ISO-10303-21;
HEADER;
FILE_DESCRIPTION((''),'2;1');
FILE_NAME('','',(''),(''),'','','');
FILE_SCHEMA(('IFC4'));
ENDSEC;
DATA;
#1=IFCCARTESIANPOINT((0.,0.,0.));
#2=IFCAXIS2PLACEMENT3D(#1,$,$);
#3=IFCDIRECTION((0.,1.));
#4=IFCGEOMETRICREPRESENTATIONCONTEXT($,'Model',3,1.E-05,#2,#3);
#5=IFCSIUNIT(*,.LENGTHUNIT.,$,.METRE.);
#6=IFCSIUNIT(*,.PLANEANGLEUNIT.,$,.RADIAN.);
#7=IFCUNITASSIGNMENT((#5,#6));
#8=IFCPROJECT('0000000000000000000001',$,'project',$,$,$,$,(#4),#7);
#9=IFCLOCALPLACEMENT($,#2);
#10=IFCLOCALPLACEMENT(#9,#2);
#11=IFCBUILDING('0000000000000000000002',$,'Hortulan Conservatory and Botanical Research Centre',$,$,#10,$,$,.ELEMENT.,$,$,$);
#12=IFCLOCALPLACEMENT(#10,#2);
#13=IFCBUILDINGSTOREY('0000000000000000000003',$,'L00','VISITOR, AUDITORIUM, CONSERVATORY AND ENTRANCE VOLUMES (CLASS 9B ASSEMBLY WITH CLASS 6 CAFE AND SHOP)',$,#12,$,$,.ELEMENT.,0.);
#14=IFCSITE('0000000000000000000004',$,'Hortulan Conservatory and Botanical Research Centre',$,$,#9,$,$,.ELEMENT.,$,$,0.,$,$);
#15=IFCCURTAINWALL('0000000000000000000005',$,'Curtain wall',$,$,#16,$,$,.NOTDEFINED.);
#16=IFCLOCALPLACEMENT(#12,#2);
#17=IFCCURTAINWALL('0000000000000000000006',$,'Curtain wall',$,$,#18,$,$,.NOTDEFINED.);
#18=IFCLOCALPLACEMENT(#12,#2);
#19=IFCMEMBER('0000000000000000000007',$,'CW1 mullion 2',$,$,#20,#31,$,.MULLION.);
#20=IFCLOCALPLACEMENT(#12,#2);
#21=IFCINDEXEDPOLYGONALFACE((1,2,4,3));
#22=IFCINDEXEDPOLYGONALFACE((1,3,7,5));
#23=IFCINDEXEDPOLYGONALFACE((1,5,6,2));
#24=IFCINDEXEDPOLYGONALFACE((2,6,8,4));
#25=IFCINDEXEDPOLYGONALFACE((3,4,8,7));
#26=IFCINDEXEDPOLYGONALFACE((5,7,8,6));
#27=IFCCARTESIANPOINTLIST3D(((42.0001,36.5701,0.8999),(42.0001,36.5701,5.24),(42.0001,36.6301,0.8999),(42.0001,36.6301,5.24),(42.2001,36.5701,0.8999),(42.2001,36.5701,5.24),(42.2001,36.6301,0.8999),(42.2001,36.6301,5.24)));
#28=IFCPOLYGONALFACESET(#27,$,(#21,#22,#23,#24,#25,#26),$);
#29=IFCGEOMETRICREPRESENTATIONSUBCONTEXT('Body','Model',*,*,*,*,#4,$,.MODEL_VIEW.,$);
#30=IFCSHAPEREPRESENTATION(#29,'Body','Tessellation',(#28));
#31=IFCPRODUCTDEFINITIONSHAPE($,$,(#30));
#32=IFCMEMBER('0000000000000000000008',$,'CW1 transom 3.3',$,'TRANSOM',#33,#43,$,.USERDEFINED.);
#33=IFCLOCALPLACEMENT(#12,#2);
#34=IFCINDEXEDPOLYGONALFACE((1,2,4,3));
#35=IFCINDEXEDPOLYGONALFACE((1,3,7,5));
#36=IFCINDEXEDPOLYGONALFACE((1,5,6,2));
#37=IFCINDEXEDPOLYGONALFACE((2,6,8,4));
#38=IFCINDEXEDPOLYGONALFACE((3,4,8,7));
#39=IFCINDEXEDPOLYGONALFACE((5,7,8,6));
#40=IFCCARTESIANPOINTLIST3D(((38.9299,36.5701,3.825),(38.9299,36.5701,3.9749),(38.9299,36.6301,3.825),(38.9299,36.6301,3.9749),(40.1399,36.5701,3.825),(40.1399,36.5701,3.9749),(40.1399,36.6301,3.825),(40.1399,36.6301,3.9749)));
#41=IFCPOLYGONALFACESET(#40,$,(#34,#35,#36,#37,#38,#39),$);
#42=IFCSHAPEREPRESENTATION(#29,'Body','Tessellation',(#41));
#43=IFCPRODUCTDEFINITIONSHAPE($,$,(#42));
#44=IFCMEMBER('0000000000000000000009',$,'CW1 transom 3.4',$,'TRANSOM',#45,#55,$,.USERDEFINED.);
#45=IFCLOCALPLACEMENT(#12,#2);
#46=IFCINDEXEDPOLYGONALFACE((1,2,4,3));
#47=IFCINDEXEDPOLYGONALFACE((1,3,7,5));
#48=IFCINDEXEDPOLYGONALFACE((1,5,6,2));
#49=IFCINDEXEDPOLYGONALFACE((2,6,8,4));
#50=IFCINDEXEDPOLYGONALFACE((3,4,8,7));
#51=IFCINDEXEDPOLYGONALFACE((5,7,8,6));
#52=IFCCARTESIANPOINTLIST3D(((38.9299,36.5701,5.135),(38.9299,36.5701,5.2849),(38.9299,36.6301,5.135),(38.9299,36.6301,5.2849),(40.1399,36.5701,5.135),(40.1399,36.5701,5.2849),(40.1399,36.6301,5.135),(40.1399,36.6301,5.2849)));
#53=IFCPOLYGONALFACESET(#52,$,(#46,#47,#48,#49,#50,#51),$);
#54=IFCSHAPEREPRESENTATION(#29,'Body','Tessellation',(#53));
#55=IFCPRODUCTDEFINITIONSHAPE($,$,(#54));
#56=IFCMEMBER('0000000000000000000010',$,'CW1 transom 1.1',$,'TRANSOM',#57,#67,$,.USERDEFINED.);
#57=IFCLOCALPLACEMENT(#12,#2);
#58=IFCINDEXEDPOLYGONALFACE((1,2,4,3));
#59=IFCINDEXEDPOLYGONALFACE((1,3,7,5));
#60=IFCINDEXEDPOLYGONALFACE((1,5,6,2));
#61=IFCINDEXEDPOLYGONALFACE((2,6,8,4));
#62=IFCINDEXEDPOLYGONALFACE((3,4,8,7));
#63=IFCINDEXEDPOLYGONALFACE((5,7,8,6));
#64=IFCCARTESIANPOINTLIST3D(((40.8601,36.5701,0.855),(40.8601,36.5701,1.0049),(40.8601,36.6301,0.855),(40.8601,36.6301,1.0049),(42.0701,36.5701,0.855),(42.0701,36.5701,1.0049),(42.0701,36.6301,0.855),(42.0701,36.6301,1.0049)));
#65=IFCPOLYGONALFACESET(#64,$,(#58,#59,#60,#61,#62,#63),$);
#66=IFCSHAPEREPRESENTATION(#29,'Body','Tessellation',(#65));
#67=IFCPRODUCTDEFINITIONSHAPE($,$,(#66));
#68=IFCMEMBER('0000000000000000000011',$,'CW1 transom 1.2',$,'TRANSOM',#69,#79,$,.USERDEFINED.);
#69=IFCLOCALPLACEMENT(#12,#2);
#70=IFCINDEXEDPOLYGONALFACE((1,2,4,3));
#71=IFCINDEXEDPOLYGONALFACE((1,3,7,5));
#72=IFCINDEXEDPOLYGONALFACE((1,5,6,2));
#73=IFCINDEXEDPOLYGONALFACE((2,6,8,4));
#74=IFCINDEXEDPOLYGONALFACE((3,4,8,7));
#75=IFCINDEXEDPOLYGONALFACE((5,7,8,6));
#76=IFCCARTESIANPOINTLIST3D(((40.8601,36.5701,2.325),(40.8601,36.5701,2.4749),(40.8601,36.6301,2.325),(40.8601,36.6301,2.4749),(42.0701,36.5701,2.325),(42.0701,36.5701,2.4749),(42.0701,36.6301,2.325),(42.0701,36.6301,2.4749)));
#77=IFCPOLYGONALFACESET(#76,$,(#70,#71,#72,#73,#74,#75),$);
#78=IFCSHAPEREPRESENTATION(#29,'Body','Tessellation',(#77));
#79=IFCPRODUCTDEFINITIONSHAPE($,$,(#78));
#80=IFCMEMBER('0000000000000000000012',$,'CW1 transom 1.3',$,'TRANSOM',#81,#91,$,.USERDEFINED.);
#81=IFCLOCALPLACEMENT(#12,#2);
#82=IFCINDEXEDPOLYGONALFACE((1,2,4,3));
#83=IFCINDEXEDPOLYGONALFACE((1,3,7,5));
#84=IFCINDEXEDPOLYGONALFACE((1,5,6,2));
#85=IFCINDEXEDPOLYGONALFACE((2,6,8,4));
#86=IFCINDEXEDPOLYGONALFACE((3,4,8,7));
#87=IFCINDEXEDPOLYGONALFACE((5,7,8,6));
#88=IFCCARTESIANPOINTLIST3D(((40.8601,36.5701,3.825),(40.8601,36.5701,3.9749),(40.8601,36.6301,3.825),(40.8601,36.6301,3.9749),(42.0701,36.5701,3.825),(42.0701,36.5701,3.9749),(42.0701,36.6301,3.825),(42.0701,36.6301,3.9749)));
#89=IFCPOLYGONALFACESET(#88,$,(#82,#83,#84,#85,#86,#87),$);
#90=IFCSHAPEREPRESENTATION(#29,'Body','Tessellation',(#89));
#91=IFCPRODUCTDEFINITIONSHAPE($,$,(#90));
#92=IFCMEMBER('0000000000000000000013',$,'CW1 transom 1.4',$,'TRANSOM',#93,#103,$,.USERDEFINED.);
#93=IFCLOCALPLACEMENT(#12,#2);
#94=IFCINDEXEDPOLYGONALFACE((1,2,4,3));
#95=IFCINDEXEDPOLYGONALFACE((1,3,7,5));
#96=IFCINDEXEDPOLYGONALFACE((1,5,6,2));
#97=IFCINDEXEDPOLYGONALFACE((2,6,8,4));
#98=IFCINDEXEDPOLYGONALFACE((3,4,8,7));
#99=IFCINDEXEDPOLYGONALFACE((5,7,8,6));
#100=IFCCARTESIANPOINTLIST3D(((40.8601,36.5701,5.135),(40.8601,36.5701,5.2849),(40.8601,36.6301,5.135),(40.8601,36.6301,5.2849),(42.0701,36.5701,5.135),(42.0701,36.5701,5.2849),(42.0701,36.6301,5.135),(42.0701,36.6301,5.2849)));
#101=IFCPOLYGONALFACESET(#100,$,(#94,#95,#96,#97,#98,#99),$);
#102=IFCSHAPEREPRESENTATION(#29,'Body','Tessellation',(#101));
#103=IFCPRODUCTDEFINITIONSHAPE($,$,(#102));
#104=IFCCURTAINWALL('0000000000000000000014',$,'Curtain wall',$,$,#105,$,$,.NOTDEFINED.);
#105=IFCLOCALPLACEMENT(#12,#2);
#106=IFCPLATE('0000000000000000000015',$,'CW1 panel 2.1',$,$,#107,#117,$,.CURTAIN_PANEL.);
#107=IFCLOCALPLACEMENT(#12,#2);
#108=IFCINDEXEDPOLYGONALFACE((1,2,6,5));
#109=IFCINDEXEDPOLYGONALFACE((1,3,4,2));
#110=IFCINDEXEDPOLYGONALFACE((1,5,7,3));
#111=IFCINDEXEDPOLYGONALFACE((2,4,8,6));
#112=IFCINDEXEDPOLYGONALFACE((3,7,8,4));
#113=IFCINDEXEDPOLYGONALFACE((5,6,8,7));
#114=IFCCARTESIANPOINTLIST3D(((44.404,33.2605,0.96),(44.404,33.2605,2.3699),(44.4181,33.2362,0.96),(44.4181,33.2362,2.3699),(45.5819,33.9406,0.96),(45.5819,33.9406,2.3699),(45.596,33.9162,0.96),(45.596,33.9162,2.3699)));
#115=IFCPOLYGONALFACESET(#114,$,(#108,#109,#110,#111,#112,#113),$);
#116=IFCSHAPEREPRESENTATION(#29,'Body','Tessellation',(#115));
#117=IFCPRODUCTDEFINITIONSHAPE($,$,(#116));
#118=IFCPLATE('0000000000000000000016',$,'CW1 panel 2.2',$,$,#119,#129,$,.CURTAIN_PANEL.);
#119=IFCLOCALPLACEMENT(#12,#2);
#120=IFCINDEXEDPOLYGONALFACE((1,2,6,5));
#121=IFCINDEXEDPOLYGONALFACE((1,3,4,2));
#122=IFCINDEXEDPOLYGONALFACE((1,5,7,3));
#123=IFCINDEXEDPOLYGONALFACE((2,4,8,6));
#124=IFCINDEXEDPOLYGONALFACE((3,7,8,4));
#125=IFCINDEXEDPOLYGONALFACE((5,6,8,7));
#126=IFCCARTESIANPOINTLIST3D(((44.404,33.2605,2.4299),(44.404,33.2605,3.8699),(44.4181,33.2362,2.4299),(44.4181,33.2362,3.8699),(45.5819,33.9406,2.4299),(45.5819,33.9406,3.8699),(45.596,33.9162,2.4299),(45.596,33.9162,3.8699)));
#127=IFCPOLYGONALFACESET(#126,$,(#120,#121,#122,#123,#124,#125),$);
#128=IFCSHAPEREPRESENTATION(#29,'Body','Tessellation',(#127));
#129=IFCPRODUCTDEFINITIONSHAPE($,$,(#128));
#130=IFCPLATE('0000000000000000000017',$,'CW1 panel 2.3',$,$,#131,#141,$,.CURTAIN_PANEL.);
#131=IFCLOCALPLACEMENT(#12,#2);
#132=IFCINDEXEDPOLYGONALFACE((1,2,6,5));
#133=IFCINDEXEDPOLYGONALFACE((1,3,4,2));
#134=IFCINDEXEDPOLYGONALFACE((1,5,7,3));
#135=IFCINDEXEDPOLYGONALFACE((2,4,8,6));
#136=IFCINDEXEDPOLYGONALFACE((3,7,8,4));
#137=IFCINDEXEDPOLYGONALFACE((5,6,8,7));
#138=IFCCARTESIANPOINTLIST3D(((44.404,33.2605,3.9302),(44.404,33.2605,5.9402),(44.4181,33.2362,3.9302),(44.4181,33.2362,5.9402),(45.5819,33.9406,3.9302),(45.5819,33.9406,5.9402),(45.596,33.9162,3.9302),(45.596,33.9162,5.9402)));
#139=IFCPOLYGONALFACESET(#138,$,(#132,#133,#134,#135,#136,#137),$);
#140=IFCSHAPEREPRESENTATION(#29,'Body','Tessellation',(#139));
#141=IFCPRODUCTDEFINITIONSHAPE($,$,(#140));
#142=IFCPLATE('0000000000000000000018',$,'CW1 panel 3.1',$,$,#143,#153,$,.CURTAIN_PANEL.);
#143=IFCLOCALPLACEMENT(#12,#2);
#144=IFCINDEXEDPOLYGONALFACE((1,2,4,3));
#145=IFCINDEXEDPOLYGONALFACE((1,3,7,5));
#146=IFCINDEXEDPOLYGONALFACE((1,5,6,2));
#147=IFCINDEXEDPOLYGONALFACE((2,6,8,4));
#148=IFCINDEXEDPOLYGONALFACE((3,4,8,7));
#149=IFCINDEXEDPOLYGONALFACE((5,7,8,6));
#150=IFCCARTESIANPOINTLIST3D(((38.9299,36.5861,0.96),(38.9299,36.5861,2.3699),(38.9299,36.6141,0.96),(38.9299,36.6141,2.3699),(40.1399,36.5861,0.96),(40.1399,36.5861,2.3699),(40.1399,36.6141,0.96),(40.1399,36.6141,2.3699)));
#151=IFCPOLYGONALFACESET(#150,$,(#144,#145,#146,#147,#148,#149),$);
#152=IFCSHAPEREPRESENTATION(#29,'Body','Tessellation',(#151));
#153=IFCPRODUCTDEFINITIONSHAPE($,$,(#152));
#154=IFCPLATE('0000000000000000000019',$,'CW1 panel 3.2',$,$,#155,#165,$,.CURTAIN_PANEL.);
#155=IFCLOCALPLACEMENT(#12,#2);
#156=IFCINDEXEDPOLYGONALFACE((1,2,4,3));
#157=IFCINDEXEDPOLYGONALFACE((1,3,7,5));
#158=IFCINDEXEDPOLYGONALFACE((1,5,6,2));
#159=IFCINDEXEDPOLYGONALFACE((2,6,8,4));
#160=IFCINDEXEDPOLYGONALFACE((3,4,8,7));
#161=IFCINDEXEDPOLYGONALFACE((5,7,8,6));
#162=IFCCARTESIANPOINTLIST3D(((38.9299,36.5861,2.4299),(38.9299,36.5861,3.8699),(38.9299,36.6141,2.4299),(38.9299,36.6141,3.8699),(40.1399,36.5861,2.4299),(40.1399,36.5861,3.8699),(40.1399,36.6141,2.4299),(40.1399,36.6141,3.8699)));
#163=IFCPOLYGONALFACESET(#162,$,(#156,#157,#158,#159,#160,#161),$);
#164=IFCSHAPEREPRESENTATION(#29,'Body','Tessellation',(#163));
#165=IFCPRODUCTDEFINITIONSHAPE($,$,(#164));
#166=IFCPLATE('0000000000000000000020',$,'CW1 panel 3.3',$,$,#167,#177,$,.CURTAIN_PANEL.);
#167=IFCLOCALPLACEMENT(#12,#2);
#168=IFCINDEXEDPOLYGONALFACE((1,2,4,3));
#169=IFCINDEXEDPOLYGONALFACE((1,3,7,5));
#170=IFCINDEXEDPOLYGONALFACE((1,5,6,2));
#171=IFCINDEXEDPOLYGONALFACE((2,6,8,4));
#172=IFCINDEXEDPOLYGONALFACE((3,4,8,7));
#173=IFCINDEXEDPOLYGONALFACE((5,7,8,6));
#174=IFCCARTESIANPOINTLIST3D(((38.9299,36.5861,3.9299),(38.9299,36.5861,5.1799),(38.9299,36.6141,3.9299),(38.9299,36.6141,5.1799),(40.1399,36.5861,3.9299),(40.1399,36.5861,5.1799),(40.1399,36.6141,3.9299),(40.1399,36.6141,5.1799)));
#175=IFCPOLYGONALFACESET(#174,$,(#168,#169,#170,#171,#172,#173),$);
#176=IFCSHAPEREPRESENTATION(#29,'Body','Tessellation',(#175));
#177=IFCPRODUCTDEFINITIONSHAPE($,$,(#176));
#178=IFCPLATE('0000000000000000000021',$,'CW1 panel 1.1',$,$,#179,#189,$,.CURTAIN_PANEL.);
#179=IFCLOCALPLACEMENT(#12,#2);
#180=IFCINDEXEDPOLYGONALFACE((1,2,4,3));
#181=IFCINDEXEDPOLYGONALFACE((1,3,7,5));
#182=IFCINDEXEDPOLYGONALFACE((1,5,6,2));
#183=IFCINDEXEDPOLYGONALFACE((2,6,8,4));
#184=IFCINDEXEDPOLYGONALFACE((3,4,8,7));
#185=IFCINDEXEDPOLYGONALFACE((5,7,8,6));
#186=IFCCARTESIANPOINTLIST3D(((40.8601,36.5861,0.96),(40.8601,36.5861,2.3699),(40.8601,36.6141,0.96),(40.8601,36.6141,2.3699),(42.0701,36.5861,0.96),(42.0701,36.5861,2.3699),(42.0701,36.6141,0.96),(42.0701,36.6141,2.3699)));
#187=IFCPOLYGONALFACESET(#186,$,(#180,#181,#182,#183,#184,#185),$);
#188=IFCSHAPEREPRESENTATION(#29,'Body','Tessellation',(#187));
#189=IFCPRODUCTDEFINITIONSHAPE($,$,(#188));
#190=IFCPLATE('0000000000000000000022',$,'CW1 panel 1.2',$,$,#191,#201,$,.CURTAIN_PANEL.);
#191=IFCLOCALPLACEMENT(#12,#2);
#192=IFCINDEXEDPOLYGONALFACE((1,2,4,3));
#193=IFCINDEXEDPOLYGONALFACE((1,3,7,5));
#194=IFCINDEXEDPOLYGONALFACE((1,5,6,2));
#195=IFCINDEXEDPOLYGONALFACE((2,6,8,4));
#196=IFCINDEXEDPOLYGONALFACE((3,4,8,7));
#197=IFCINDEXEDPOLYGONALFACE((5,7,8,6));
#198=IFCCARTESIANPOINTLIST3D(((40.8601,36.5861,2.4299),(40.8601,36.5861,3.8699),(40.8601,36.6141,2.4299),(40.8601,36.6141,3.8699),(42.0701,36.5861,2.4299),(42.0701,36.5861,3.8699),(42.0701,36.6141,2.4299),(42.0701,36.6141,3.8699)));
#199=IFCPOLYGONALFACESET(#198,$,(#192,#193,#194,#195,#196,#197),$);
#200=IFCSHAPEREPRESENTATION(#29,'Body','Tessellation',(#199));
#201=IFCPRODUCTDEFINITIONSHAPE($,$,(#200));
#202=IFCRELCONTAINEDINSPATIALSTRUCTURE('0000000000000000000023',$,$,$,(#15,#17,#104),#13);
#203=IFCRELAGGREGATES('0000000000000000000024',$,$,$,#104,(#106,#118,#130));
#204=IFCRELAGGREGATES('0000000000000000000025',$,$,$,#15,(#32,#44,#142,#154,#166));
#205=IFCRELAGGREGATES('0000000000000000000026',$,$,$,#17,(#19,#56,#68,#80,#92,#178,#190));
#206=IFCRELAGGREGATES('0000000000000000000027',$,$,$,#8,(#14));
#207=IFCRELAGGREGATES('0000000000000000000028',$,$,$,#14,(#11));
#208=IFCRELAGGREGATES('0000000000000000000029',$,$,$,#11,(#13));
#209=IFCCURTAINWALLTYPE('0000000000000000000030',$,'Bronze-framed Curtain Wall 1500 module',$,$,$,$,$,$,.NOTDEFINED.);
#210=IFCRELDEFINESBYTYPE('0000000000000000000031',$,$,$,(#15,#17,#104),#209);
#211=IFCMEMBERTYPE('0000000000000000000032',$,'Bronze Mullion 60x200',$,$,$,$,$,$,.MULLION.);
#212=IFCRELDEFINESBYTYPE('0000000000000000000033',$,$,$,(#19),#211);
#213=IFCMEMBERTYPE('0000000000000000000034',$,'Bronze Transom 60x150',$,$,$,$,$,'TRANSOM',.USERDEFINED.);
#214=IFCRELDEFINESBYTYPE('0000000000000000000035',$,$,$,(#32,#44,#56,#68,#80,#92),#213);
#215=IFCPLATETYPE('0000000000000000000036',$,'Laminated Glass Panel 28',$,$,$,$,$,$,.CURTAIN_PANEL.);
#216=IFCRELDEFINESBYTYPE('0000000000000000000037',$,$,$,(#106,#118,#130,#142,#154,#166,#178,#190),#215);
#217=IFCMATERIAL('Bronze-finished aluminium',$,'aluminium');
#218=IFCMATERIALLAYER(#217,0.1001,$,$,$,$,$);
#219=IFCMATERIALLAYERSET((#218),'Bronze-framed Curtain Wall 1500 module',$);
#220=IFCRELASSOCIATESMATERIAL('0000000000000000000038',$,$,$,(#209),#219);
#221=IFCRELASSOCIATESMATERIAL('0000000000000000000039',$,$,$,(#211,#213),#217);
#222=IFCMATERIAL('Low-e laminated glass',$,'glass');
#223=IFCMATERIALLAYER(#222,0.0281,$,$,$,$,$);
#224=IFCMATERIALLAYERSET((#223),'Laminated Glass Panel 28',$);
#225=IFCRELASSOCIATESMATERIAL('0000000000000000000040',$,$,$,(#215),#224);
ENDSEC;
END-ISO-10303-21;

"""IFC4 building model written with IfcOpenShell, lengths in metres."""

from ifc_helpers import new_model, si_unit, direction, frame, origin, origin_2d, place, context, subcontext, project, spatial, rectangle, extrude, material, layer, layer_set, material_profile, profile_set, type_object, element, aggregate, save


model = new_model("IFC4")

# Units and contexts
model_context = context("Model", 3, precision=1e-05, world=origin(), true_north=direction((0.0, 1.0)))
body_context = subcontext(model_context, "Body", "Model", "MODEL_VIEW")
ifc_project = project(units=[si_unit("LENGTHUNIT", "METRE"), si_unit("PLANEANGLEUNIT", "RADIAN")], contexts=[model_context])

# Site, building, storey
site_placement = place(None, origin())
site = spatial("IfcSite", under=ifc_project, at=site_placement, Name="Hortulan Conservatory and Botanical Research Centre", CompositionType="ELEMENT", RefElevation=0.0)
building_placement = place(site_placement, origin())
building = spatial("IfcBuilding", under=site, at=building_placement, Name="Hortulan Conservatory and Botanical Research Centre", CompositionType="ELEMENT")
storey_placement = place(building_placement, origin())
storey = spatial("IfcBuildingStorey", under=building, at=storey_placement, Name="L00", Description="VISITOR, AUDITORIUM, CONSERVATORY AND ENTRANCE VOLUMES (CLASS 9B ASSEMBLY WITH CLASS 6 CAFE AND SHOP)", CompositionType="ELEMENT", Elevation=0.0)

# Curtain wall
ifc_material_1 = material(Name="Bronze-finished aluminium", Category="aluminium")
ifc_layer_1 = layer(ifc_material_1, 0.1001)
ifc_layer_set_1 = layer_set([ifc_layer_1], Name="Bronze-framed Curtain Wall 1500 module")
curtain_wall_type = type_object("IfcCurtainWallType", Name="Bronze-framed Curtain Wall 1500 module", PredefinedType="NOTDEFINED", material=ifc_layer_set_1)
curtain_wall_1_placement = place(storey_placement, origin())
curtain_wall_1 = element("IfcCurtainWall", 1, at=curtain_wall_1_placement, inside=storey, type_object=curtain_wall_type, Name="Curtain wall", PredefinedType="NOTDEFINED")
ifc_material_profile_1 = material_profile(ifc_material_1, rectangle(XDim=0.0601, YDim=0.2, at=origin_2d()), Name="Bronze Mullion 60x200")
ifc_profile_set_1 = profile_set([ifc_material_profile_1], Name="Bronze-finished aluminium")
member_type_1 = type_object("IfcMemberType", Name="Bronze Mullion 60x200", PredefinedType="MULLION", material=ifc_profile_set_1)

# Curtain wall, member
curtain_wall_2_placement = place(storey_placement, origin())
curtain_wall_2 = element("IfcCurtainWall", 2, at=curtain_wall_2_placement, inside=storey, type_object=curtain_wall_type, Name="Curtain wall", PredefinedType="NOTDEFINED")
member_1_placement = place(storey_placement, frame((42.1001, 36.6001, 0.8999), z_axis=(0.0, 0.0, 1.0), x_axis=(0.0, 1.0, 0.0)))
member_1 = element("IfcMember", 3, at=member_1_placement, type_object=member_type_1, Name="CW1 mullion 2", PredefinedType="MULLION", context=body_context, shape_type="SweptSolid", body=[
    extrude(rectangle(XDim=0.0601, YDim=0.2, at=origin_2d()), origin(), (0.0, 0.0, 1.0), 4.3401),
])

# Members
ifc_material_profile_2 = material_profile(ifc_material_1, rectangle(XDim=0.0601, YDim=0.1499, at=origin_2d()), Name="Bronze Transom 60x150")
ifc_profile_set_2 = profile_set([ifc_material_profile_2], Name="Bronze-finished aluminium")
member_type_2 = type_object("IfcMemberType", Name="Bronze Transom 60x150", ElementType="TRANSOM", PredefinedType="USERDEFINED", material=ifc_profile_set_2)
member_2_placement = place(storey_placement, frame((38.9299, 36.6001, 3.8999), z_axis=(1.0, 0.0, 0.0), x_axis=(0.0, 1.0, 0.0)))
member_2 = element("IfcMember", 4, at=member_2_placement, type_object=member_type_2, Name="CW1 transom 3.3", ObjectType="TRANSOM", PredefinedType="USERDEFINED", context=body_context, shape_type="SweptSolid", body=[
    extrude(rectangle(XDim=0.0601, YDim=0.1499, at=origin_2d()), origin(), (0.0, 0.0, 1.0), 1.21),
])
member_3_placement = place(storey_placement, frame((38.9299, 36.6001, 5.21), z_axis=(1.0, 0.0, 0.0), x_axis=(0.0, 1.0, 0.0)))
member_3 = element("IfcMember", 5, at=member_3_placement, type_object=member_type_2, Name="CW1 transom 3.4", ObjectType="TRANSOM", PredefinedType="USERDEFINED", context=body_context, shape_type="SweptSolid", body=[
    extrude(rectangle(XDim=0.0601, YDim=0.1499, at=origin_2d()), origin(), (0.0, 0.0, 1.0), 1.21),
])
member_4_placement = place(storey_placement, frame((40.8601, 36.6001, 0.9299), z_axis=(1.0, 0.0, 0.0), x_axis=(0.0, 1.0, 0.0)))
member_4 = element("IfcMember", 6, at=member_4_placement, type_object=member_type_2, Name="CW1 transom 1.1", ObjectType="TRANSOM", PredefinedType="USERDEFINED", context=body_context, shape_type="SweptSolid", body=[
    extrude(rectangle(XDim=0.0601, YDim=0.1499, at=origin_2d()), origin(), (0.0, 0.0, 1.0), 1.21),
])
member_5_placement = place(storey_placement, frame((40.8601, 36.6001, 2.3999), z_axis=(1.0, 0.0, 0.0), x_axis=(0.0, 1.0, 0.0)))
member_5 = element("IfcMember", 7, at=member_5_placement, type_object=member_type_2, Name="CW1 transom 1.2", ObjectType="TRANSOM", PredefinedType="USERDEFINED", context=body_context, shape_type="SweptSolid", body=[
    extrude(rectangle(XDim=0.0601, YDim=0.1499, at=origin_2d()), origin(), (0.0, 0.0, 1.0), 1.21),
])
member_6_placement = place(storey_placement, frame((40.8601, 36.6001, 3.8999), z_axis=(1.0, 0.0, 0.0), x_axis=(0.0, 1.0, 0.0)))
member_6 = element("IfcMember", 8, at=member_6_placement, type_object=member_type_2, Name="CW1 transom 1.3", ObjectType="TRANSOM", PredefinedType="USERDEFINED", context=body_context, shape_type="SweptSolid", body=[
    extrude(rectangle(XDim=0.0601, YDim=0.1499, at=origin_2d()), origin(), (0.0, 0.0, 1.0), 1.21),
])
member_7_placement = place(storey_placement, frame((40.8601, 36.6001, 5.21), z_axis=(1.0, 0.0, 0.0), x_axis=(0.0, 1.0, 0.0)))
member_7 = element("IfcMember", 9, at=member_7_placement, type_object=member_type_2, Name="CW1 transom 1.4", ObjectType="TRANSOM", PredefinedType="USERDEFINED", context=body_context, shape_type="SweptSolid", body=[
    extrude(rectangle(XDim=0.0601, YDim=0.1499, at=origin_2d()), origin(), (0.0, 0.0, 1.0), 1.21),
])

# Curtain wall, plates
curtain_wall_3_placement = place(storey_placement, origin())
curtain_wall_3 = element("IfcCurtainWall", 10, at=curtain_wall_3_placement, inside=storey, type_object=curtain_wall_type, Name="Curtain wall", PredefinedType="NOTDEFINED")
ifc_material_2 = material(Name="Low-e laminated glass", Category="glass")
ifc_layer_2 = layer(ifc_material_2, 0.0281)
ifc_layer_set_2 = layer_set([ifc_layer_2], Name="Laminated Glass Panel 28")
plate_type = type_object("IfcPlateType", Name="Laminated Glass Panel 28", PredefinedType="CURTAIN_PANEL", material=ifc_layer_set_2)
plate_1_placement = place(storey_placement, frame((45.0, 33.5884, 0.96), z_axis=(0.0, 0.0, 1.0), x_axis=(0.866036, 0.499981, 0.0)))
plate_1 = element("IfcPlate", 11, at=plate_1_placement, type_object=plate_type, Name="CW1 panel 2.1", PredefinedType="CURTAIN_PANEL", context=body_context, shape_type="SweptSolid", body=[
    extrude(rectangle(XDim=1.3601, YDim=0.0281, at=origin_2d()), origin(), (0.0, 0.0, 1.0), 1.4099),
])
plate_2_placement = place(storey_placement, frame((45.0, 33.5884, 2.4299), z_axis=(0.0, 0.0, 1.0), x_axis=(0.866036, 0.499981, 0.0)))
plate_2 = element("IfcPlate", 12, at=plate_2_placement, type_object=plate_type, Name="CW1 panel 2.2", PredefinedType="CURTAIN_PANEL", context=body_context, shape_type="SweptSolid", body=[
    extrude(rectangle(XDim=1.3601, YDim=0.0281, at=origin_2d()), origin(), (0.0, 0.0, 1.0), 1.4399),
])
plate_3_placement = place(storey_placement, frame((45.0, 33.5884, 3.9302), z_axis=(0.0, 0.0, 1.0), x_axis=(0.866036, 0.499981, 0.0)))
plate_3 = element("IfcPlate", 13, at=plate_3_placement, type_object=plate_type, Name="CW1 panel 2.3", PredefinedType="CURTAIN_PANEL", context=body_context, shape_type="SweptSolid", body=[
    extrude(rectangle(XDim=1.3601, YDim=0.0281, at=origin_2d()), origin(), (0.0, 0.0, 1.0), 2.01),
])
aggregate(curtain_wall_3, [plate_1, plate_2, plate_3])

# Plates
plate_4_placement = place(storey_placement, frame((39.5349, 36.6001, 0.96), z_axis=(0.0, 0.0, 1.0), x_axis=(1.0, 0.0, 0.0)))
plate_4 = element("IfcPlate", 14, at=plate_4_placement, type_object=plate_type, Name="CW1 panel 3.1", PredefinedType="CURTAIN_PANEL", context=body_context, shape_type="SweptSolid", body=[
    extrude(rectangle(XDim=1.21, YDim=0.0281, at=origin_2d()), origin(), (0.0, 0.0, 1.0), 1.4099),
])
plate_5_placement = place(storey_placement, frame((39.5349, 36.6001, 2.4299), z_axis=(0.0, 0.0, 1.0), x_axis=(1.0, 0.0, 0.0)))
plate_5 = element("IfcPlate", 15, at=plate_5_placement, type_object=plate_type, Name="CW1 panel 3.2", PredefinedType="CURTAIN_PANEL", context=body_context, shape_type="SweptSolid", body=[
    extrude(rectangle(XDim=1.21, YDim=0.0281, at=origin_2d()), origin(), (0.0, 0.0, 1.0), 1.4399),
])
plate_6_placement = place(storey_placement, frame((39.5349, 36.6001, 3.9299), z_axis=(0.0, 0.0, 1.0), x_axis=(1.0, 0.0, 0.0)))
plate_6 = element("IfcPlate", 16, at=plate_6_placement, type_object=plate_type, Name="CW1 panel 3.3", PredefinedType="CURTAIN_PANEL", context=body_context, shape_type="SweptSolid", body=[
    extrude(rectangle(XDim=1.21, YDim=0.0281, at=origin_2d()), origin(), (0.0, 0.0, 1.0), 1.25),
])
aggregate(curtain_wall_1, [member_2, member_3, plate_4, plate_5, plate_6])
plate_7_placement = place(storey_placement, frame((41.4651, 36.6001, 0.96), z_axis=(0.0, 0.0, 1.0), x_axis=(1.0, 0.0, 0.0)))
plate_7 = element("IfcPlate", 17, at=plate_7_placement, type_object=plate_type, Name="CW1 panel 1.1", PredefinedType="CURTAIN_PANEL", context=body_context, shape_type="SweptSolid", body=[
    extrude(rectangle(XDim=1.21, YDim=0.0281, at=origin_2d()), origin(), (0.0, 0.0, 1.0), 1.4099),
])
plate_8_placement = place(storey_placement, frame((41.4651, 36.6001, 2.4299), z_axis=(0.0, 0.0, 1.0), x_axis=(1.0, 0.0, 0.0)))
plate_8 = element("IfcPlate", 18, at=plate_8_placement, type_object=plate_type, Name="CW1 panel 1.2", PredefinedType="CURTAIN_PANEL", context=body_context, shape_type="SweptSolid", body=[
    extrude(rectangle(XDim=1.21, YDim=0.0281, at=origin_2d()), origin(), (0.0, 0.0, 1.0), 1.4399),
])
aggregate(curtain_wall_2, [member_1, member_4, member_5, member_6, member_7, plate_7, plate_8])

save(model, "model.ifc")
